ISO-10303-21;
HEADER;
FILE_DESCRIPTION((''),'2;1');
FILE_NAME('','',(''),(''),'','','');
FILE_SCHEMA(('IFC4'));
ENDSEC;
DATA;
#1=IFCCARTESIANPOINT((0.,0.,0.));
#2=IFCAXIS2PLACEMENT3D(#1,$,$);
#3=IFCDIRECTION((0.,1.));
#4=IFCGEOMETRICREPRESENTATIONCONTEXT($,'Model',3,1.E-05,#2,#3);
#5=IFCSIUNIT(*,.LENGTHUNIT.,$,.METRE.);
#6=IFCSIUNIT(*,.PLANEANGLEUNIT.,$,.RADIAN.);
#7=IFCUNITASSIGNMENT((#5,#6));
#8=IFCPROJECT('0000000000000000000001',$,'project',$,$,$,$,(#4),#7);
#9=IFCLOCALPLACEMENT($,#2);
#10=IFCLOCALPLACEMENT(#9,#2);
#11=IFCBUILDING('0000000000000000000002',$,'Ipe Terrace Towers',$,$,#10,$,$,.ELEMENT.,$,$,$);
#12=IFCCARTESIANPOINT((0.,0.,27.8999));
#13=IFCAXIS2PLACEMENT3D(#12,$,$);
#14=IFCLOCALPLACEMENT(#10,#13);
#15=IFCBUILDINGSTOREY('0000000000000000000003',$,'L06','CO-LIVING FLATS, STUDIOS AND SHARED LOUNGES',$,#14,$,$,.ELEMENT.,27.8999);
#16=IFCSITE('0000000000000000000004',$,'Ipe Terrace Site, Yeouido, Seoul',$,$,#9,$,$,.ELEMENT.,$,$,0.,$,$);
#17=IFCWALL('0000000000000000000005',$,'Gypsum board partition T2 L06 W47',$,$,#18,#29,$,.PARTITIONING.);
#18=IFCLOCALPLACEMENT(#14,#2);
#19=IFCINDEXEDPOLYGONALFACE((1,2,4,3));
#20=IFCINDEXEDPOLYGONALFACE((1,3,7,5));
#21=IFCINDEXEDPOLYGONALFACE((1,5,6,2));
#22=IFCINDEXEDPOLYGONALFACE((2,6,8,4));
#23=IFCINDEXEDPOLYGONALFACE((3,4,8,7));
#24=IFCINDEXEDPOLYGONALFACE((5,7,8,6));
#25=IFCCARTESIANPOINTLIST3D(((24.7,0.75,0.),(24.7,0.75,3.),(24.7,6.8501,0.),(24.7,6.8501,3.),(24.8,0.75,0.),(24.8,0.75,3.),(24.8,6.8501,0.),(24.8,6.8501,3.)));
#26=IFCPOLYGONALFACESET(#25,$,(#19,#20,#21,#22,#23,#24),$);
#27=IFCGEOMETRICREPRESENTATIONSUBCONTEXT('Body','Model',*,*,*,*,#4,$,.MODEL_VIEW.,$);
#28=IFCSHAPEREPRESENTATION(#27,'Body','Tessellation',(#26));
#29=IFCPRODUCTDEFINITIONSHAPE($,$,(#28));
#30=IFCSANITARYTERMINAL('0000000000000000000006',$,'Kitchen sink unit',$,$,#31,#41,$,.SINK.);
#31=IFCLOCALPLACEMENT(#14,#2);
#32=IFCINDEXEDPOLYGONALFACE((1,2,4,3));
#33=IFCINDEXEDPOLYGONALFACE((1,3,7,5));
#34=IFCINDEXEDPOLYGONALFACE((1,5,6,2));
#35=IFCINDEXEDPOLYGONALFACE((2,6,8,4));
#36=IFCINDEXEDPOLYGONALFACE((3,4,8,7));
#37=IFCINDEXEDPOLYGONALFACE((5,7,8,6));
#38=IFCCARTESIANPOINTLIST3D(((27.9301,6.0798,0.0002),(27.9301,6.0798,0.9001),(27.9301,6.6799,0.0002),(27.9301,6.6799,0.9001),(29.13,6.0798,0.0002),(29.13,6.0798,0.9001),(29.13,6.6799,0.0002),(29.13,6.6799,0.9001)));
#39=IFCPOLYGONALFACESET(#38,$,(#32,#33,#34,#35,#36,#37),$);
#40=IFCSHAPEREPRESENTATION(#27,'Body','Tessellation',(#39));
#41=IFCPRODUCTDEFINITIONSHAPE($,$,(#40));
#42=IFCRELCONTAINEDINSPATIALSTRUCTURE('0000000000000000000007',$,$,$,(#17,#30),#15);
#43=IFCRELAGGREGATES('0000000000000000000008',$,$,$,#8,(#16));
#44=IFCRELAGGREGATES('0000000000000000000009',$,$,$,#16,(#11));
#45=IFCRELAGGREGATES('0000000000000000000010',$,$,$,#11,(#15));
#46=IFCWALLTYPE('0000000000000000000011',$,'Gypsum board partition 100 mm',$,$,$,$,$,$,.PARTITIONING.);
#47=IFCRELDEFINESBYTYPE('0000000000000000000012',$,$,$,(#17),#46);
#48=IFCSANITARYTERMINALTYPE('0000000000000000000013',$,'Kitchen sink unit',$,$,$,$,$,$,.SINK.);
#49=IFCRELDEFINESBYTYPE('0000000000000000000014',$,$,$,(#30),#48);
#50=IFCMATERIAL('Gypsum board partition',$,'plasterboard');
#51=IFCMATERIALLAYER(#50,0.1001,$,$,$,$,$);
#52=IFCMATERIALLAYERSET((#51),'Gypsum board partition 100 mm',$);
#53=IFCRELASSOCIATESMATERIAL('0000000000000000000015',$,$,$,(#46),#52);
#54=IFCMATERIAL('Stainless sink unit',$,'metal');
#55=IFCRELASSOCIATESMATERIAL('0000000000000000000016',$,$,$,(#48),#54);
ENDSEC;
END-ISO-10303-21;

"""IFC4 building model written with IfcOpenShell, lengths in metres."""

from ifc_helpers import new_model, si_unit, direction, frame, frame_2d, origin, origin_2d, place, context, subcontext, project, spatial, rectangle, extrude, material, layer, layer_set, type_object, element, save


model = new_model("IFC4")

# Units and contexts
model_context = context("Model", 3, precision=1e-05, world=origin(), true_north=direction((0.0, 1.0)))
body_context = subcontext(model_context, "Body", "Model", "MODEL_VIEW")
ifc_project = project(units=[si_unit("LENGTHUNIT", "METRE"), si_unit("PLANEANGLEUNIT", "RADIAN")], contexts=[model_context])

# Site, building, storey
site_placement = place(None, origin())
site = spatial("IfcSite", under=ifc_project, at=site_placement, Name="Ipe Terrace Site, Yeouido, Seoul", CompositionType="ELEMENT", RefElevation=0.0)
building_placement = place(site_placement, origin())
building = spatial("IfcBuilding", under=site, at=building_placement, Name="Ipe Terrace Towers", CompositionType="ELEMENT")
storey_placement = place(building_placement, frame((0.0, 0.0, 27.8999)))
storey = spatial("IfcBuildingStorey", under=building, at=storey_placement, Name="L06", Description="CO-LIVING FLATS, STUDIOS AND SHARED LOUNGES", CompositionType="ELEMENT", Elevation=27.8999)

# Shared definitions
ifc_material_1 = material(Name="Gypsum board partition", Category="plasterboard")
ifc_layer_1 = layer(ifc_material_1, 0.1001)
ifc_layer_set_1 = layer_set([ifc_layer_1], Name="Gypsum board partition 100 mm")
wall_type_1 = type_object("IfcWallType", Name="Gypsum board partition 100 mm", PredefinedType="PARTITIONING", material=ifc_layer_set_1)

# Wall
wall_1_placement = place(storey_placement, frame((24.75, 0.75, 0.0), z_axis=(0.0, 0.0, 1.0), x_axis=(0.0, 1.0, 0.0)))
element("IfcWall", 1, at=wall_1_placement, inside=storey, type_object=wall_type_1, Name="Gypsum board partition T2 L06 W47", PredefinedType="PARTITIONING", context=body_context, shape_type="SweptSolid", body=[
    extrude(rectangle(XDim=6.1001, YDim=0.1001, at=frame_2d((3.05, 0.0))), origin(), (0.0, 0.0, 1.0), 3.0),
])

# Sanitary terminal
ifc_material_2 = material(Name="Stainless sink unit", Category="metal")
sanitary_terminal_type = type_object("IfcSanitaryTerminalType", Name="Kitchen sink unit", PredefinedType="SINK", material=ifc_material_2)
sanitary_terminal_placement = place(storey_placement, frame((28.53, 6.3799, 0.0002), z_axis=(0.0, 0.0, 1.0), x_axis=(1.0, 0.0, 0.0)))
element("IfcSanitaryTerminal", 2, at=sanitary_terminal_placement, inside=storey, type_object=sanitary_terminal_type, Name="Kitchen sink unit", PredefinedType="SINK", context=body_context, shape_type="SweptSolid", body=[
    extrude(rectangle(XDim=1.2, YDim=0.6001, at=origin_2d()), origin(), (0.0, 0.0, 1.0), 0.8999),
])

save(model, "model.ifc")
